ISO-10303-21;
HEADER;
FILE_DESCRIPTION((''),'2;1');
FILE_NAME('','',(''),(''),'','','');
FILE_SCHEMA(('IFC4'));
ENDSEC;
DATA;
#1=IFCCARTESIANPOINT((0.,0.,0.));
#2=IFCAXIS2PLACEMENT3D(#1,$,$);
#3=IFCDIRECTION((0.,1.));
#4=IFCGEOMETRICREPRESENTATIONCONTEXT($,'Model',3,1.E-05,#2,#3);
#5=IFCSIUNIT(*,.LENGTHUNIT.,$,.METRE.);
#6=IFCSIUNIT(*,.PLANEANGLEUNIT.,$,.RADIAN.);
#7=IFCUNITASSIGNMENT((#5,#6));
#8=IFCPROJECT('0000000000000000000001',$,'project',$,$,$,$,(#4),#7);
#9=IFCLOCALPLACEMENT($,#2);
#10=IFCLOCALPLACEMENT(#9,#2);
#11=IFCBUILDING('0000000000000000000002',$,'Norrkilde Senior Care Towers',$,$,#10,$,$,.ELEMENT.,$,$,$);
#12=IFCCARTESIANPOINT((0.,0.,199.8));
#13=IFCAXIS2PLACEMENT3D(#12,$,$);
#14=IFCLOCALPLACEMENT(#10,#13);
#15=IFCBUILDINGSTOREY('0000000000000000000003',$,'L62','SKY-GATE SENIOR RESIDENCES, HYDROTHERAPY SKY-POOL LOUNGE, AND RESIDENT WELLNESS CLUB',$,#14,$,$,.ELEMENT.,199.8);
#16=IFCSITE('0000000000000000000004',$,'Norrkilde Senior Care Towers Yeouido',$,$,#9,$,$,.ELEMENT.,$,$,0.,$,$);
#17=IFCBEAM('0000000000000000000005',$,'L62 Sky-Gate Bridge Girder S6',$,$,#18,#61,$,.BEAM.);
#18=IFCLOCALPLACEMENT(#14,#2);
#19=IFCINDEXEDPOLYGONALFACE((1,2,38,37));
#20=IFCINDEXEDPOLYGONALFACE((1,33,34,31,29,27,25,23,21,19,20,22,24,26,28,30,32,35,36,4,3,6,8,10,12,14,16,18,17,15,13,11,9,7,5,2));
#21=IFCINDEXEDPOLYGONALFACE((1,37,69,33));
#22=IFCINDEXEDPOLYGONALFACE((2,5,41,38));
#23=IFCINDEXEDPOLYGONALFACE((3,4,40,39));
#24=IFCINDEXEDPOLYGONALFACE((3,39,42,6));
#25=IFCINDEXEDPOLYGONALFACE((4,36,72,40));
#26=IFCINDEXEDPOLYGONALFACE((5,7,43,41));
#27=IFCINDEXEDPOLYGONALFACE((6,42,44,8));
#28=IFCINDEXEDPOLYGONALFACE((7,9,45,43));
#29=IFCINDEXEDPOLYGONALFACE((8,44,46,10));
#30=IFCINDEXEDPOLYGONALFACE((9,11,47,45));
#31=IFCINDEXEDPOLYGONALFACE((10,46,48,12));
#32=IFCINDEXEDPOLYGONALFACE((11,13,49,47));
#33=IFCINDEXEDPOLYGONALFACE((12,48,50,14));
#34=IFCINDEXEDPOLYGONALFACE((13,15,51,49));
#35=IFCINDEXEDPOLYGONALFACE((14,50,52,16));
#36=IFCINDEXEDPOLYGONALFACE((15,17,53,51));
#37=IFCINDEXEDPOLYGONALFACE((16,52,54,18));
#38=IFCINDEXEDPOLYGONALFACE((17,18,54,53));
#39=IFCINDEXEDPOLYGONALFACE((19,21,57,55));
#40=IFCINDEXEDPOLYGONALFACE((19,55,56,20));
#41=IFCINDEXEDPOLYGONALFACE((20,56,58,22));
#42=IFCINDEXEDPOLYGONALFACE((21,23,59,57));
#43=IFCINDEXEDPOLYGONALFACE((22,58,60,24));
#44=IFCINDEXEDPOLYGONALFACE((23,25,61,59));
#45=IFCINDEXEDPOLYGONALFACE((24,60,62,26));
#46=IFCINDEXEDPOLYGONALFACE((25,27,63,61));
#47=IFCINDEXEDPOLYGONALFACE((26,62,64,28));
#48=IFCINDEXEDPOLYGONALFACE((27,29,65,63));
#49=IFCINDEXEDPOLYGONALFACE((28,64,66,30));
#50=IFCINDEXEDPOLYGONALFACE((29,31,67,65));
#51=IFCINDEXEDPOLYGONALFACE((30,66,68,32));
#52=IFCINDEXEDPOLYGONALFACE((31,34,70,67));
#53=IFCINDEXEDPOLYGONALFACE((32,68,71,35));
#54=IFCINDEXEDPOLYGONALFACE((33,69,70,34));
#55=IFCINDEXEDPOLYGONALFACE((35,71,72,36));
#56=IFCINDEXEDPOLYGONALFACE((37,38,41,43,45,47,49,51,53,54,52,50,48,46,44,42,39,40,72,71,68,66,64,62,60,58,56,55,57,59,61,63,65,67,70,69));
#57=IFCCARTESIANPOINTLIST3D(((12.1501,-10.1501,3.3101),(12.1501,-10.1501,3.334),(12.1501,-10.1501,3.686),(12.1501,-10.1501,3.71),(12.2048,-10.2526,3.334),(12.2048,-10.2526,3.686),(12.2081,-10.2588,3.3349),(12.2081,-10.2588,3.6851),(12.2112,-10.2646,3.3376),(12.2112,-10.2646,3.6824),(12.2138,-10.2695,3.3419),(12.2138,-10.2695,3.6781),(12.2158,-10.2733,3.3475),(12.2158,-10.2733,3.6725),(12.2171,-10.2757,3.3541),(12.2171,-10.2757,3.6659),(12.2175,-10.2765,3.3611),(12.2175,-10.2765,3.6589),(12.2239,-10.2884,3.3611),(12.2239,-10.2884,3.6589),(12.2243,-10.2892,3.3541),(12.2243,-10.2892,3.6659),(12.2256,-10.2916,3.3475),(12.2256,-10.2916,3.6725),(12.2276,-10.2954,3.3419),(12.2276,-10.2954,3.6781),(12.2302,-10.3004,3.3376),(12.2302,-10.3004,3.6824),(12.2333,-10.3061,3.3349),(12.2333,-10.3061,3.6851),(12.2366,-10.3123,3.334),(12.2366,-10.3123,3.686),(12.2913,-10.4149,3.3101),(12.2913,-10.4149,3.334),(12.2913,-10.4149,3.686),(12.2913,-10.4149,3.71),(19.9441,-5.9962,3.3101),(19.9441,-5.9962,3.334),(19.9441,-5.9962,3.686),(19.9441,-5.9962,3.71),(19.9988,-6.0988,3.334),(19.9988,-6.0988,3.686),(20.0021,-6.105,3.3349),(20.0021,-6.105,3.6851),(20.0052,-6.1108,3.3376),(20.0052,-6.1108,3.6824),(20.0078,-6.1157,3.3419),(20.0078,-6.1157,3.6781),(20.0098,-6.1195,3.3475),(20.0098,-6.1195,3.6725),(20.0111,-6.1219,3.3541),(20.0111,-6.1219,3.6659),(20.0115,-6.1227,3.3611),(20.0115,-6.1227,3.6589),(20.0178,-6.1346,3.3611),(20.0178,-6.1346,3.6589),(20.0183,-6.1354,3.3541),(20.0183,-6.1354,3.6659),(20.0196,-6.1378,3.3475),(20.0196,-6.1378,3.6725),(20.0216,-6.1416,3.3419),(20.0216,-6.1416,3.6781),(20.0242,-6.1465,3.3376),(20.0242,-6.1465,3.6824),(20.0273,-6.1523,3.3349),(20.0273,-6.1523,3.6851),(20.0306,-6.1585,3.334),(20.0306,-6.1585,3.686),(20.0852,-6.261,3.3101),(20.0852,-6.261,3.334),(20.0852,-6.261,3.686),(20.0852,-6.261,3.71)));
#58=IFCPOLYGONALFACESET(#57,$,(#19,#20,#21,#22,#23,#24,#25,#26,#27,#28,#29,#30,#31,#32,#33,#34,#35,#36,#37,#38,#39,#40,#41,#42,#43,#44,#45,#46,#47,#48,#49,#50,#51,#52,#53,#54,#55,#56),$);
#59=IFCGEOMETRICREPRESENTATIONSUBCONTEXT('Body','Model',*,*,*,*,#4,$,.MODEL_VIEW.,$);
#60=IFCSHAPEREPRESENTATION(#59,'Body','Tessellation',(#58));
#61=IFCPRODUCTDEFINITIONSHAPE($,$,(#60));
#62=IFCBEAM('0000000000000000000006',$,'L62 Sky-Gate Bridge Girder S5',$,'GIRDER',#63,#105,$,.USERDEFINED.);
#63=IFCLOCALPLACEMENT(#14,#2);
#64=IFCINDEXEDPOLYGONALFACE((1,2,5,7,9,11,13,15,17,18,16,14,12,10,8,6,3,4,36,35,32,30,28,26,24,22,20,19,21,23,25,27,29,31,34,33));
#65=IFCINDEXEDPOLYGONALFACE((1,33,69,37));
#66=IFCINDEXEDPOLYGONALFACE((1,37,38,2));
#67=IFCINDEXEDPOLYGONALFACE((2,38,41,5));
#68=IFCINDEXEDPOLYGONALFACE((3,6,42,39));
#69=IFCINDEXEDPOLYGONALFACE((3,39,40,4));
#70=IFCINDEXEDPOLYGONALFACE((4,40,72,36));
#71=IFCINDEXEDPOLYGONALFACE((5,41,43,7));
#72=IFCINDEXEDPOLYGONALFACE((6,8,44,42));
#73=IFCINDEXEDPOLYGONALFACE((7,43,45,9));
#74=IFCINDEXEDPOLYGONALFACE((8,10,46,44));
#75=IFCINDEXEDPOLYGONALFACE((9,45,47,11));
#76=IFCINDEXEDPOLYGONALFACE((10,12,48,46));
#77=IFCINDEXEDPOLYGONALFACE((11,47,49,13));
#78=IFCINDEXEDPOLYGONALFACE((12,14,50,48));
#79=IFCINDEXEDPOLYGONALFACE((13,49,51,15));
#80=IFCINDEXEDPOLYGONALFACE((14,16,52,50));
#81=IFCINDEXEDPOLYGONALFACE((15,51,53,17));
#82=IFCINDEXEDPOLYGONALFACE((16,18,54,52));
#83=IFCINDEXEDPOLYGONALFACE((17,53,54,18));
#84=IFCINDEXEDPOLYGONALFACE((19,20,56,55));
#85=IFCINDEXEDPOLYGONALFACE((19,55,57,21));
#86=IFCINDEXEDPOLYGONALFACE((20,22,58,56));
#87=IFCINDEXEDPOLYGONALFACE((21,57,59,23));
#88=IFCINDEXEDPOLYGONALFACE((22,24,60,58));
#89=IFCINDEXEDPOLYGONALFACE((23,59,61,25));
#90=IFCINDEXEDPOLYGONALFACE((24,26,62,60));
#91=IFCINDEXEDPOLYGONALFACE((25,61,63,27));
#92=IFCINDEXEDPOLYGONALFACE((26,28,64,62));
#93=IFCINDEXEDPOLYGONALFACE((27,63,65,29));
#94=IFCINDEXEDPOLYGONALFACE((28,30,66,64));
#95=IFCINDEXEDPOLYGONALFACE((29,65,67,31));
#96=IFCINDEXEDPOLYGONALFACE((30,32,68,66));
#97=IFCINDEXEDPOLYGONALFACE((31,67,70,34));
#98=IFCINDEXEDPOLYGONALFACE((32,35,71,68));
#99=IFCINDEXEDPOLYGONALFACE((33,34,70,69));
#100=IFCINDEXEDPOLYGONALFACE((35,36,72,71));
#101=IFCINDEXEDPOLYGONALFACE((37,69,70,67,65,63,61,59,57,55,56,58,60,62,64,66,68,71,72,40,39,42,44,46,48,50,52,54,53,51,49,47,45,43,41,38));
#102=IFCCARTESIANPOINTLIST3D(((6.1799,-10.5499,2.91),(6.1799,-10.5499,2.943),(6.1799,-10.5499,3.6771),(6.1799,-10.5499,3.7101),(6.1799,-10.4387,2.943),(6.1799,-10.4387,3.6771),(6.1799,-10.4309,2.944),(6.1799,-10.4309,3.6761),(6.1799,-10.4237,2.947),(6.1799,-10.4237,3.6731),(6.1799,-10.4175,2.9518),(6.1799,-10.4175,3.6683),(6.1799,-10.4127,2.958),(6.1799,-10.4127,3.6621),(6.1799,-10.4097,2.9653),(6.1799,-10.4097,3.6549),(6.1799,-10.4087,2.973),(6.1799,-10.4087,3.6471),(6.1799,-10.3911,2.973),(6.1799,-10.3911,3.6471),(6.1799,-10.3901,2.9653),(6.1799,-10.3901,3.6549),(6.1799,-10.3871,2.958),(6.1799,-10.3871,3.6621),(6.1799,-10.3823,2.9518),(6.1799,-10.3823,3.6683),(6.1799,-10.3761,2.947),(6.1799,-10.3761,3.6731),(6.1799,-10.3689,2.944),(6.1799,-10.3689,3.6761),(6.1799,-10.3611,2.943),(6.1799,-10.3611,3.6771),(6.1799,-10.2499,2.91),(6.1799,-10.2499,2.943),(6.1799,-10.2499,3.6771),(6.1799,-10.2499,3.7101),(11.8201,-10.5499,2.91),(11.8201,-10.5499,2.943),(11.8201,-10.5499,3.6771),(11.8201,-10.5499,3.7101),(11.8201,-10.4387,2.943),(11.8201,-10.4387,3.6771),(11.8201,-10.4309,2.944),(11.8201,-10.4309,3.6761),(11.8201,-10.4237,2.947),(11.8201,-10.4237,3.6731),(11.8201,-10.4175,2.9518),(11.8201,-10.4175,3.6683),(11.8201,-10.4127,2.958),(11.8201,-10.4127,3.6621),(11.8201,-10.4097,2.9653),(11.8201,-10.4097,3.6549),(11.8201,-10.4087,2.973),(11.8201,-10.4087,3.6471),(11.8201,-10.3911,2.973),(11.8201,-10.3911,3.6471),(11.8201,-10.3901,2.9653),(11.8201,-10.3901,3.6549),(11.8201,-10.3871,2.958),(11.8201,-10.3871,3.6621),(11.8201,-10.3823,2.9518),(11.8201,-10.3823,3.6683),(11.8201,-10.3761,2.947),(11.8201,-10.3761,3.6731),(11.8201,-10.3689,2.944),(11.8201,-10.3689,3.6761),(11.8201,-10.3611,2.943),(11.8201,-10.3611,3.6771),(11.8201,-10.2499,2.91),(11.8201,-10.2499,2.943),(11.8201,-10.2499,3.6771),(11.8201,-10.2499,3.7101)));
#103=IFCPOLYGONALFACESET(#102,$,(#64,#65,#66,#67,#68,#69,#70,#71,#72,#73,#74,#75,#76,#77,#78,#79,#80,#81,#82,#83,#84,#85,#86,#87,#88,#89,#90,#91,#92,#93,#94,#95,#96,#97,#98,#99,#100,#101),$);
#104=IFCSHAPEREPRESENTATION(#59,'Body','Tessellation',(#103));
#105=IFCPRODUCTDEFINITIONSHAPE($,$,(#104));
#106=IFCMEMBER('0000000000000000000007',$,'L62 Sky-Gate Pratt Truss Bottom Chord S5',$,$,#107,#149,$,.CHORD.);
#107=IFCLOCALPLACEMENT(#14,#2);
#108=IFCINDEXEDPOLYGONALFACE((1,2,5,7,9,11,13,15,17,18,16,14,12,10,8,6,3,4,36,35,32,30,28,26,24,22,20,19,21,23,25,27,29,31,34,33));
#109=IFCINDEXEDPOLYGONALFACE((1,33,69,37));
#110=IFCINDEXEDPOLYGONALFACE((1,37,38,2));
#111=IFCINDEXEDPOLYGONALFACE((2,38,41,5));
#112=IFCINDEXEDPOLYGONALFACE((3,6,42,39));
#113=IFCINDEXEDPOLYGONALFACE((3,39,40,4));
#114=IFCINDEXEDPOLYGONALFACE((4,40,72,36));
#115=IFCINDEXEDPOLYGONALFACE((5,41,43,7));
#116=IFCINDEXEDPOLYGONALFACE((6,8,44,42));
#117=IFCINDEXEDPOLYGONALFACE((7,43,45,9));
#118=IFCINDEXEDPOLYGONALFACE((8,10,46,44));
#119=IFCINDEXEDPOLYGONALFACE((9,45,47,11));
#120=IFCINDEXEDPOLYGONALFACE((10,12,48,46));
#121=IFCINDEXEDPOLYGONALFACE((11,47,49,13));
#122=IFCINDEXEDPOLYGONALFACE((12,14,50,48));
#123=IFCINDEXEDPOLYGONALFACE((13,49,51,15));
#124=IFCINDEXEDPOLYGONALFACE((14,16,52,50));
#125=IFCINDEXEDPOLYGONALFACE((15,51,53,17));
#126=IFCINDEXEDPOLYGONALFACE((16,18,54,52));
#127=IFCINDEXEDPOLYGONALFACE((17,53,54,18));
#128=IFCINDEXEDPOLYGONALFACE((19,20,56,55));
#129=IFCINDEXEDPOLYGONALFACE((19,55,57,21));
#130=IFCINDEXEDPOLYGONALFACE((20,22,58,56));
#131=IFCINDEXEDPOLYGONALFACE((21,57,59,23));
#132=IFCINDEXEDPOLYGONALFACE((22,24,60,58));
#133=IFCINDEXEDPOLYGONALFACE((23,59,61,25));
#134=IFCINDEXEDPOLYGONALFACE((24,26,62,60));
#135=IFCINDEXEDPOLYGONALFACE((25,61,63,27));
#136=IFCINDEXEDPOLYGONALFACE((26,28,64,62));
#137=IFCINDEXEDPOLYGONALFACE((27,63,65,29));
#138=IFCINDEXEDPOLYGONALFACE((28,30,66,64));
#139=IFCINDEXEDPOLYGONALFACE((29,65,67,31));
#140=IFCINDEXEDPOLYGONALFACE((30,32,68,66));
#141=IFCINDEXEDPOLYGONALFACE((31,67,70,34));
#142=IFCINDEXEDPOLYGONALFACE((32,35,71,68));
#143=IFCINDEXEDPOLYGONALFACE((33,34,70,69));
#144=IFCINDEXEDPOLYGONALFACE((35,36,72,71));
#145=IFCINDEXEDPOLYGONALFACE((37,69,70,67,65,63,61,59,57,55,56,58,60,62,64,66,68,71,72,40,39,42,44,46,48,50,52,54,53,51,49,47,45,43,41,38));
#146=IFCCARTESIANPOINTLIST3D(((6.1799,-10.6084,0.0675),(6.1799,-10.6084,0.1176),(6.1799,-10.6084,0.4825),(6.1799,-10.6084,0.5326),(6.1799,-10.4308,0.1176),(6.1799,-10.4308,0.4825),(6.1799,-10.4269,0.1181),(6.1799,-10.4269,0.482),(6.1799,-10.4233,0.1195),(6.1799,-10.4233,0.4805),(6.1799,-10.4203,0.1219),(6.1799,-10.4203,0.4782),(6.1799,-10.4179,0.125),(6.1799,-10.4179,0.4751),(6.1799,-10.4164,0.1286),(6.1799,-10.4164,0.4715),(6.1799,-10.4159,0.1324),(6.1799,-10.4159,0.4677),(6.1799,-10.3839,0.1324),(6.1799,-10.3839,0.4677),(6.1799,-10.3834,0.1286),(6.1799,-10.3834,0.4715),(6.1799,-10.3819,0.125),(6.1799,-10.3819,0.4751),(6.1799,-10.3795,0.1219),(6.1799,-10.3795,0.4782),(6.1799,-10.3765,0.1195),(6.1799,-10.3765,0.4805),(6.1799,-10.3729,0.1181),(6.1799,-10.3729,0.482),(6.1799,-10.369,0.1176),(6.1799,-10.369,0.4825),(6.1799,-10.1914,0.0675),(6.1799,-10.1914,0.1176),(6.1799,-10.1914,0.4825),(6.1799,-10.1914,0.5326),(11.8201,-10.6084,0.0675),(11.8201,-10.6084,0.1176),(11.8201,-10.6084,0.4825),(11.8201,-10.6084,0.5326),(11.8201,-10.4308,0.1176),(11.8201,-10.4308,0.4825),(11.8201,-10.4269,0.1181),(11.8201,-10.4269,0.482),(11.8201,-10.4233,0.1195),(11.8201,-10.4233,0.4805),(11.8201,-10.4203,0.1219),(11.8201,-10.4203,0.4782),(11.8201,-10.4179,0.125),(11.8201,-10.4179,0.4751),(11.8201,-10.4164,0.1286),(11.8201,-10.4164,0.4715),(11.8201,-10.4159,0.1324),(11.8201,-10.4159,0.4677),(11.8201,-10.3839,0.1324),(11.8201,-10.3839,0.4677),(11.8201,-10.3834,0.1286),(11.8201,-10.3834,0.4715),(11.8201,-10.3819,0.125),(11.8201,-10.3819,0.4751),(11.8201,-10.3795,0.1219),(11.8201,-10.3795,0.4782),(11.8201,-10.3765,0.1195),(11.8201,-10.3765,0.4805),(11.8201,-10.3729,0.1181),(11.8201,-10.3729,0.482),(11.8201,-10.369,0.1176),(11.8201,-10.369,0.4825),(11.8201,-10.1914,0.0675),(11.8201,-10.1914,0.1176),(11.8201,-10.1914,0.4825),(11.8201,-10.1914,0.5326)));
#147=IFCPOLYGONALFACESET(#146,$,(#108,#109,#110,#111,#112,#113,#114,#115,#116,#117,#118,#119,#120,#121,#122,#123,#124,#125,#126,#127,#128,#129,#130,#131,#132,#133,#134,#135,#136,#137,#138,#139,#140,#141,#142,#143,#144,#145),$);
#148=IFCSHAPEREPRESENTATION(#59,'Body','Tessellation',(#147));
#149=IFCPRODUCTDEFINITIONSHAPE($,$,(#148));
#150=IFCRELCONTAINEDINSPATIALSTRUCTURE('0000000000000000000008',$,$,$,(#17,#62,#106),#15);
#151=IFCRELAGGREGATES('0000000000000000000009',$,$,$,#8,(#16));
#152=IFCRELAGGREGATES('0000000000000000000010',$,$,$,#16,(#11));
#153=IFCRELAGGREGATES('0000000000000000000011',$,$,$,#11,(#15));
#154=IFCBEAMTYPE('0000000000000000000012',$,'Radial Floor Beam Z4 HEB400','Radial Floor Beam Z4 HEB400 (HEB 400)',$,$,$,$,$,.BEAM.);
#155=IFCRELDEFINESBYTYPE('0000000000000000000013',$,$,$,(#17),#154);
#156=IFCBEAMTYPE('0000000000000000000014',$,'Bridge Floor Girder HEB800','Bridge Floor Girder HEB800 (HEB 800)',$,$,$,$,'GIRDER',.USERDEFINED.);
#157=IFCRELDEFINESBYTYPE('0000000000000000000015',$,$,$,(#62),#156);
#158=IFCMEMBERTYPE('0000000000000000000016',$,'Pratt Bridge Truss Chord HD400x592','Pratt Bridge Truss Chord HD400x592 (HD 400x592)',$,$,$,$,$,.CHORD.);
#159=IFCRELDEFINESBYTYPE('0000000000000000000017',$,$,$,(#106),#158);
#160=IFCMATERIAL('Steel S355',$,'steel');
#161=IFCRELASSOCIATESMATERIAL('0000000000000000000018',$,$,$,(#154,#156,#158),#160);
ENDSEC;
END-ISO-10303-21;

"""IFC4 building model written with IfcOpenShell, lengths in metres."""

from ifc_helpers import new_model, si_unit, direction, frame, origin, origin_2d, place, context, subcontext, project, spatial, i_section, extrude, source, transform, mapped, material, material_profile, profile_set, type_object, type_shapes, element, save


model = new_model("IFC4")

# Units and contexts
model_context = context("Model", 3, precision=1e-05, world=origin(), true_north=direction((0.0, 1.0)))
body_context = subcontext(model_context, "Body", "Model", "MODEL_VIEW")
ifc_project = project(units=[si_unit("LENGTHUNIT", "METRE"), si_unit("PLANEANGLEUNIT", "RADIAN")], contexts=[model_context])

# Site, building, storey
site_placement = place(None, origin())
site = spatial("IfcSite", under=ifc_project, at=site_placement, Name="Norrkilde Senior Care Towers Yeouido", CompositionType="ELEMENT", RefElevation=0.0)
building_placement = place(site_placement, origin())
building = spatial("IfcBuilding", under=site, at=building_placement, Name="Norrkilde Senior Care Towers", CompositionType="ELEMENT")
storey_placement = place(building_placement, frame((0.0, 0.0, 199.8)))
storey = spatial("IfcBuildingStorey", under=building, at=storey_placement, Name="L62", Description="SKY-GATE SENIOR RESIDENCES, HYDROTHERAPY SKY-POOL LOUNGE, AND RESIDENT WELLNESS CLUB", CompositionType="ELEMENT", Elevation=199.8)

# Shared definitions
ifc_material_1 = material(Name="Steel S355", Category="steel")

# Beams
ifc_material_profile_1 = material_profile(ifc_material_1, i_section(OverallWidth=0.3, OverallDepth=0.3999, WebThickness=0.0134, FlangeThickness=0.0239, FilletRadius=0.0271, at=origin_2d()), Name="HEB 400")
ifc_profile_set_1 = profile_set([ifc_material_profile_1], Name="Steel S355")
beam_type_1 = type_object("IfcBeamType", Name="Radial Floor Beam Z4 HEB400", Description="Radial Floor Beam Z4 HEB400 (HEB 400)", PredefinedType="BEAM", material=ifc_profile_set_1)
shared_shape_1 = source(origin(), body_context, "Body", "SweptSolid", [
    extrude(i_section(OverallWidth=0.3, OverallDepth=0.3999, WebThickness=0.0134, FlangeThickness=0.0239, FilletRadius=0.0271, at=origin_2d()), origin(), (0.0, 0.0, 1.0), 8.8318),
])
type_shapes(beam_type_1, [shared_shape_1])
beam_1_placement = place(storey_placement, frame((12.2207, -10.2825, 3.51), z_axis=(0.882492, 0.470327, 0.0), x_axis=(-0.470327, 0.882492, 0.0)))
element("IfcBeam", 1, at=beam_1_placement, inside=storey, type_object=beam_type_1, Name="L62 Sky-Gate Bridge Girder S6", PredefinedType="BEAM", context=body_context, shape_type="MappedRepresentation", body=[
    mapped(shared_shape_1, transform((0.0, 0.0, 0.0), x_axis=(1.0, 0.0, 0.0), y_axis=(0.0, 1.0, 0.0), z_axis=(0.0, 0.0, 1.0), scale=1.0)),
])
ifc_material_profile_2 = material_profile(ifc_material_1, i_section(OverallWidth=0.3, OverallDepth=0.8, WebThickness=0.0176, FlangeThickness=0.033, FilletRadius=0.03, at=origin_2d()), Name="HEB 800")
ifc_profile_set_2 = profile_set([ifc_material_profile_2], Name="Steel S355")
beam_type_2 = type_object("IfcBeamType", Name="Bridge Floor Girder HEB800", Description="Bridge Floor Girder HEB800 (HEB 800)", ElementType="GIRDER", PredefinedType="USERDEFINED", material=ifc_profile_set_2)
shared_shape_2 = source(origin(), body_context, "Body", "SweptSolid", [
    extrude(i_section(OverallWidth=0.3, OverallDepth=0.8, WebThickness=0.0176, FlangeThickness=0.033, FilletRadius=0.03, at=origin_2d()), origin(), (0.0, 0.0, 1.0), 5.6401),
])
type_shapes(beam_type_2, [shared_shape_2])
beam_2_placement = place(storey_placement, frame((6.1799, -10.3999, 3.3101), z_axis=(1.0, 0.0, 0.0), x_axis=(0.0, 1.0, 0.0)))
element("IfcBeam", 2, at=beam_2_placement, inside=storey, type_object=beam_type_2, Name="L62 Sky-Gate Bridge Girder S5", ObjectType="GIRDER", PredefinedType="USERDEFINED", context=body_context, shape_type="MappedRepresentation", body=[
    mapped(shared_shape_2, transform((0.0, 0.0, 0.0), x_axis=(1.0, 0.0, 0.0), y_axis=(0.0, 1.0, 0.0), z_axis=(0.0, 0.0, 1.0), scale=1.0)),
])

# Member
ifc_material_profile_3 = material_profile(ifc_material_1, i_section(OverallWidth=0.417, OverallDepth=0.4651, WebThickness=0.032, FlangeThickness=0.05, FilletRadius=0.0149, at=origin_2d()), Name="HD 400x592")
ifc_profile_set_3 = profile_set([ifc_material_profile_3], Name="Steel S355")
member_type_1 = type_object("IfcMemberType", Name="Pratt Bridge Truss Chord HD400x592", Description="Pratt Bridge Truss Chord HD400x592 (HD 400x592)", PredefinedType="CHORD", material=ifc_profile_set_3)
shared_shape_3 = source(origin(), body_context, "Body", "SweptSolid", [
    extrude(i_section(OverallWidth=0.417, OverallDepth=0.4651, WebThickness=0.032, FlangeThickness=0.05, FilletRadius=0.0149, at=origin_2d()), origin(), (0.0, 0.0, 1.0), 5.6401),
])
type_shapes(member_type_1, [shared_shape_3])
member_1_placement = place(storey_placement, frame((6.1799, -10.3999, 0.3), z_axis=(1.0, 0.0, 0.0), x_axis=(0.0, 1.0, 0.0)))
element("IfcMember", 3, at=member_1_placement, inside=storey, type_object=member_type_1, Name="L62 Sky-Gate Pratt Truss Bottom Chord S5", PredefinedType="CHORD", context=body_context, shape_type="MappedRepresentation", body=[
    mapped(shared_shape_3, transform((0.0, 0.0, 0.0), x_axis=(1.0, 0.0, 0.0), y_axis=(0.0, 1.0, 0.0), z_axis=(0.0, 0.0, 1.0), scale=1.0)),
])

save(model, "model.ifc")
